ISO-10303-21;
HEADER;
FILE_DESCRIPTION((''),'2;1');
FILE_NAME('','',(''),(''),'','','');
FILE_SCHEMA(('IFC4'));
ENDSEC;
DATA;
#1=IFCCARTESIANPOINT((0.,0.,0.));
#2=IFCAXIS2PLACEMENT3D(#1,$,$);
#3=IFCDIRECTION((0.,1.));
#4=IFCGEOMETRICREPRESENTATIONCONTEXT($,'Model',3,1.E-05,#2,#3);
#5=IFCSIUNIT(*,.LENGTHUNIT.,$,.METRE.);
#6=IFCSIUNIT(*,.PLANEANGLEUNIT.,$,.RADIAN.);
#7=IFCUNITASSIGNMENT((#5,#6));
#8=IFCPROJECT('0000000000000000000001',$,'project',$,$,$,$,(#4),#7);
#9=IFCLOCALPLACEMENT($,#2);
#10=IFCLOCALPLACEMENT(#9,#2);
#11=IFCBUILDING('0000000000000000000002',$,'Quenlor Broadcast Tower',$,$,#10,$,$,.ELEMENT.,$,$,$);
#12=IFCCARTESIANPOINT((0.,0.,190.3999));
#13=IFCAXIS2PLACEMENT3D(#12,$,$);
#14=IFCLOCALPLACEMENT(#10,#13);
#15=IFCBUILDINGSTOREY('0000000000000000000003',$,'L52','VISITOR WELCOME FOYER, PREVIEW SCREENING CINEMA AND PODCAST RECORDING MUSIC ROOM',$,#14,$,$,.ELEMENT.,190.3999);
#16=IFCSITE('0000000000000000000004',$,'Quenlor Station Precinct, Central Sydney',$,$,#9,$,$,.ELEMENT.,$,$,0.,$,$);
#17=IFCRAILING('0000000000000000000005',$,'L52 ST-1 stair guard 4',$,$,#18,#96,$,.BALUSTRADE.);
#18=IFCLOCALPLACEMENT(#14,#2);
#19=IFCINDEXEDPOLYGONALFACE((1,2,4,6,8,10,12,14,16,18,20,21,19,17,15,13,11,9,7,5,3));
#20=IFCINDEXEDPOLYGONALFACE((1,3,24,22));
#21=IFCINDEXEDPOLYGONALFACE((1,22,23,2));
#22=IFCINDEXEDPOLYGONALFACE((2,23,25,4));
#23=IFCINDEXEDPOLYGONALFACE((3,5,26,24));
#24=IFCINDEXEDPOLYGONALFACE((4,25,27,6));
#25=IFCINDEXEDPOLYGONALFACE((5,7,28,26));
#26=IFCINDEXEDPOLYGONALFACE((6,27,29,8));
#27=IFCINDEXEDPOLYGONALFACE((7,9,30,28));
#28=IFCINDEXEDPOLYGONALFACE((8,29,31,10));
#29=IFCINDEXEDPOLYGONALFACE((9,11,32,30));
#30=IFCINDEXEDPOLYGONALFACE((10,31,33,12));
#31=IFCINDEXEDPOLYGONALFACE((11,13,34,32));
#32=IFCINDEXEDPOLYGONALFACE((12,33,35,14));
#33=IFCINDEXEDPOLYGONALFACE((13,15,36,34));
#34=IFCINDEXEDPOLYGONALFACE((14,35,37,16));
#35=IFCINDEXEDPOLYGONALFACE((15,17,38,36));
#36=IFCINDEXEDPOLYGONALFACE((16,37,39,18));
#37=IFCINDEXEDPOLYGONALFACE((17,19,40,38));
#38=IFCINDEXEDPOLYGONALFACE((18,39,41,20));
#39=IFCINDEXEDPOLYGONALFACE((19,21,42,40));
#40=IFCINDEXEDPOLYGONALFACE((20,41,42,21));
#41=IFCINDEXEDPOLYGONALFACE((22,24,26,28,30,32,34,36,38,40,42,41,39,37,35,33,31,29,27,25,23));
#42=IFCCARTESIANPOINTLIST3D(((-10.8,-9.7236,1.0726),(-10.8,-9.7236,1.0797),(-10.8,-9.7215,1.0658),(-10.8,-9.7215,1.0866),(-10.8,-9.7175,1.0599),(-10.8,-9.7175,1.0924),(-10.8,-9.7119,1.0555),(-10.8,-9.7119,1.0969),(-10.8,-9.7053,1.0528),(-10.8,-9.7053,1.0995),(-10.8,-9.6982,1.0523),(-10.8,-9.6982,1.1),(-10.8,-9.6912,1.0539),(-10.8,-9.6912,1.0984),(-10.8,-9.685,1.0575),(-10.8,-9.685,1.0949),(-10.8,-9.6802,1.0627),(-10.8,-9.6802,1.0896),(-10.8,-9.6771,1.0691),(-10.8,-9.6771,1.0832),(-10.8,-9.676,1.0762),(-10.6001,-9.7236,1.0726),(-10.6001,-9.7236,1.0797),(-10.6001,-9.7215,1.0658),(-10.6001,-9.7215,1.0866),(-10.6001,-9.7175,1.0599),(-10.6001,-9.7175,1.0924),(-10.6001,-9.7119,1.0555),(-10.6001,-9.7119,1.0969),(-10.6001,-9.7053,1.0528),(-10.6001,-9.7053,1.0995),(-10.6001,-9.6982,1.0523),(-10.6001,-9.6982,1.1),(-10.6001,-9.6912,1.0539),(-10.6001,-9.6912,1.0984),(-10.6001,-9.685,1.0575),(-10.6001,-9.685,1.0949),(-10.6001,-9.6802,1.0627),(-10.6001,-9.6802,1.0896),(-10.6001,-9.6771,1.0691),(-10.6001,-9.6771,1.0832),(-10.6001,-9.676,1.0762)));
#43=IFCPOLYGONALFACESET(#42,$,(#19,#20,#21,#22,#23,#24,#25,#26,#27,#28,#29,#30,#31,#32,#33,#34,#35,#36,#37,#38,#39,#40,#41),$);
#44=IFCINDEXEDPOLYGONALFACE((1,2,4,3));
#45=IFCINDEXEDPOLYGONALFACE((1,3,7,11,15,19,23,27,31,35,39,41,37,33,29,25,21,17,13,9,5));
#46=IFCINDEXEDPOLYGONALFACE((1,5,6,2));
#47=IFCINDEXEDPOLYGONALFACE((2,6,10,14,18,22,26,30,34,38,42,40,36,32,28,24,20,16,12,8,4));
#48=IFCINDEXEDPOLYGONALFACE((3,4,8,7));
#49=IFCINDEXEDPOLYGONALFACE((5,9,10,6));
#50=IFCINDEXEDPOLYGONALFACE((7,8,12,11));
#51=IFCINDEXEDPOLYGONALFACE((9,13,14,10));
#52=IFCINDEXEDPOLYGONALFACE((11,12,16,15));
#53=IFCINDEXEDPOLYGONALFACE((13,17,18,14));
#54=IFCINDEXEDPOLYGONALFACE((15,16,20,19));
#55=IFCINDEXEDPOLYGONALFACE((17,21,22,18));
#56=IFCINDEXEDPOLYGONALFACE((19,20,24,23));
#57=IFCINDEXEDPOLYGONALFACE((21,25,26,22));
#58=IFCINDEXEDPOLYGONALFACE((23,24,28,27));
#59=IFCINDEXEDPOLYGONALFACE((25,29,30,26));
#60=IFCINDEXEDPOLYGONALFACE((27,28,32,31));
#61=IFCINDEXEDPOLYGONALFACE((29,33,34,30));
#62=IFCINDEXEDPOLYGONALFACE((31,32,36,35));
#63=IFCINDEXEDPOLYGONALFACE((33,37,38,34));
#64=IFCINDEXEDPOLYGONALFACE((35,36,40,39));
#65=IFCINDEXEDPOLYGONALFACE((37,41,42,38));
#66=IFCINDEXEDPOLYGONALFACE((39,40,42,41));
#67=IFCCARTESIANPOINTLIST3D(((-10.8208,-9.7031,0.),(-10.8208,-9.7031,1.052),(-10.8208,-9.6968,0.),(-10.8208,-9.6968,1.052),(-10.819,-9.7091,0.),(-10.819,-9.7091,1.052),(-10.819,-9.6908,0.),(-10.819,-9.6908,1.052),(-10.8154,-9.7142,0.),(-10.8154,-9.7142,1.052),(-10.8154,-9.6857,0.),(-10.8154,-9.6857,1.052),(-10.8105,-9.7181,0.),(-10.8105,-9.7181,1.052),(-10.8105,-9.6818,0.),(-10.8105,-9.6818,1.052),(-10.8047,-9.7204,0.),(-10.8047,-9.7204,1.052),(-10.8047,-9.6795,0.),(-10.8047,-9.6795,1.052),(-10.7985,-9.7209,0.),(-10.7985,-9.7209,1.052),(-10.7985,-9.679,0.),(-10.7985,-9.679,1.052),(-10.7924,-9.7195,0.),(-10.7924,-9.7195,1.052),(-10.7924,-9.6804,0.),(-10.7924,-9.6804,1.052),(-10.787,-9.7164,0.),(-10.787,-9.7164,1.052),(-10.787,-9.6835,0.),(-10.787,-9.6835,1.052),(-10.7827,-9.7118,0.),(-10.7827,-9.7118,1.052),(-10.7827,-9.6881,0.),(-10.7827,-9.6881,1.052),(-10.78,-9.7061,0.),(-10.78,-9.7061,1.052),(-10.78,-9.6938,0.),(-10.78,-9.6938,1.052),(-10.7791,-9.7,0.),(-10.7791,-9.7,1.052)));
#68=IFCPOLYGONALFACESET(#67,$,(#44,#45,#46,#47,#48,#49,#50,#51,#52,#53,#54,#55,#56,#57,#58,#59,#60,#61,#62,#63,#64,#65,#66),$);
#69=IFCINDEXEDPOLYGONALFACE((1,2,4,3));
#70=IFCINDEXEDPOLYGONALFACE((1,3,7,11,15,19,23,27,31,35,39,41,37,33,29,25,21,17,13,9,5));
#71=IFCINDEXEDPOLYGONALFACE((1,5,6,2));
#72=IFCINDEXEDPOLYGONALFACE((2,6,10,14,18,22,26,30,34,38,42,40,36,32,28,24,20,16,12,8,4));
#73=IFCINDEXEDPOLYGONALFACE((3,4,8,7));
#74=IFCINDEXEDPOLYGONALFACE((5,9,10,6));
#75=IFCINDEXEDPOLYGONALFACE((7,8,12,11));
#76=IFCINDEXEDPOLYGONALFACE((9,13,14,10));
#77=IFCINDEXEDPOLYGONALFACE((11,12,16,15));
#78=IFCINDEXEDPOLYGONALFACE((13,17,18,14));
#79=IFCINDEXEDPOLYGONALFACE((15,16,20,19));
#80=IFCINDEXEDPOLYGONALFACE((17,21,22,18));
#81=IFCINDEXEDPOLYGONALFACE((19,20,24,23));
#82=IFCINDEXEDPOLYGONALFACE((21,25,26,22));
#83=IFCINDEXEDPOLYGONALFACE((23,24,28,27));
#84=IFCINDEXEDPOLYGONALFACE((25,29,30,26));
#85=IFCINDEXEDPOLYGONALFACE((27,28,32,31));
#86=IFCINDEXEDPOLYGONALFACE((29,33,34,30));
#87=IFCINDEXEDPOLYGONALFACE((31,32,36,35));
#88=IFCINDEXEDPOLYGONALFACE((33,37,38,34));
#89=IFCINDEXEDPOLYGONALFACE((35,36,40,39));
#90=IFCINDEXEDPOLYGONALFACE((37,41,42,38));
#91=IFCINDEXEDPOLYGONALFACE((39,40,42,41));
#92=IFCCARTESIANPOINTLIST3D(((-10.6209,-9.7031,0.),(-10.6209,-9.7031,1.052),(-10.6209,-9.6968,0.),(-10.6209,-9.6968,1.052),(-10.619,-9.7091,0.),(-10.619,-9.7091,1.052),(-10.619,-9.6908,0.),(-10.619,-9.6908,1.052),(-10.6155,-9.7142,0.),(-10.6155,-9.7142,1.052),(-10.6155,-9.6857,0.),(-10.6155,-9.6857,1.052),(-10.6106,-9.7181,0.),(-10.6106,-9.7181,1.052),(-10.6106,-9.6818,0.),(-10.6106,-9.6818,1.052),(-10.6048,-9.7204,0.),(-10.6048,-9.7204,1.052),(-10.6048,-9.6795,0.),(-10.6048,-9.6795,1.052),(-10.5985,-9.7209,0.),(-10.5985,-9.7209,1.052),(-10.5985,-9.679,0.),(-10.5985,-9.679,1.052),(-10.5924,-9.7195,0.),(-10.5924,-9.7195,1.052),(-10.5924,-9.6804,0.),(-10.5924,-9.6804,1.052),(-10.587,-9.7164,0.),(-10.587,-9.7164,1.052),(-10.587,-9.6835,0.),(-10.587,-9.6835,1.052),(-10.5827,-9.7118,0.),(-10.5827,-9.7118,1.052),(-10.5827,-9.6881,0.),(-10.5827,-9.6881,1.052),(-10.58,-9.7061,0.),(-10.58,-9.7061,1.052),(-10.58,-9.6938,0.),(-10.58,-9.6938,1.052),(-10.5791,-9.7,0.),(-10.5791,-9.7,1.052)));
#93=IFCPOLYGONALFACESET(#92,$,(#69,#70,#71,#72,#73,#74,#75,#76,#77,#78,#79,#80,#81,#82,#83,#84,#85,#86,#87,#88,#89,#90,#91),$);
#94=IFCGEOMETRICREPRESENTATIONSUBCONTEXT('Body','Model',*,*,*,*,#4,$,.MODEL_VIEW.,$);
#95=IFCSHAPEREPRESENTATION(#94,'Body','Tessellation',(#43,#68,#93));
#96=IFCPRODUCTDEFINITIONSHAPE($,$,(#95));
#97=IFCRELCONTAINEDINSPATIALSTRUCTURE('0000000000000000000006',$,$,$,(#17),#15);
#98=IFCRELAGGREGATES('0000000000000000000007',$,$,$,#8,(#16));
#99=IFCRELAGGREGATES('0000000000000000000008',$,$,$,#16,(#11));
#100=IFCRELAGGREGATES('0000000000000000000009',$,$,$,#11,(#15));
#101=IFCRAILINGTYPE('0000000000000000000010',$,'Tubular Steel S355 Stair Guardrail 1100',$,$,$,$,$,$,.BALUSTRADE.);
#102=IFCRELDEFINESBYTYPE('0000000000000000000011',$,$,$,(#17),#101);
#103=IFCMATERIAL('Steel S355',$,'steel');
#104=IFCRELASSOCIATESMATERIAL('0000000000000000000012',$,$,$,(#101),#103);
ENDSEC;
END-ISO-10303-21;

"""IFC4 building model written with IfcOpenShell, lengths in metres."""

from ifc_helpers import new_model, si_unit, direction, frame, origin, origin_2d, place, context, subcontext, project, spatial, circle, extrude, material, type_object, element, save


model = new_model("IFC4")

# Units and contexts
model_context = context("Model", 3, precision=1e-05, world=origin(), true_north=direction((0.0, 1.0)))
body_context = subcontext(model_context, "Body", "Model", "MODEL_VIEW")
ifc_project = project(units=[si_unit("LENGTHUNIT", "METRE"), si_unit("PLANEANGLEUNIT", "RADIAN")], contexts=[model_context])

# Site, building, storey
site_placement = place(None, origin())
site = spatial("IfcSite", under=ifc_project, at=site_placement, Name="Quenlor Station Precinct, Central Sydney", CompositionType="ELEMENT", RefElevation=0.0)
building_placement = place(site_placement, origin())
building = spatial("IfcBuilding", under=site, at=building_placement, Name="Quenlor Broadcast Tower", CompositionType="ELEMENT")
storey_placement = place(building_placement, frame((0.0, 0.0, 190.3999)))
storey = spatial("IfcBuildingStorey", under=building, at=storey_placement, Name="L52", Description="VISITOR WELCOME FOYER, PREVIEW SCREENING CINEMA AND PODCAST RECORDING MUSIC ROOM", CompositionType="ELEMENT", Elevation=190.3999)

# Railing
ifc_material_1 = material(Name="Steel S355", Category="steel")
railing_type = type_object("IfcRailingType", Name="Tubular Steel S355 Stair Guardrail 1100", PredefinedType="BALUSTRADE", material=ifc_material_1)
railing_1_placement = place(storey_placement, frame((-10.8, -9.7, 0.0)))
element("IfcRailing", 1, at=railing_1_placement, inside=storey, type_object=railing_type, Name="L52 ST-1 stair guard 4", PredefinedType="BALUSTRADE", context=body_context, shape_type="SweptSolid", body=[
    extrude(circle(Radius=0.0239, at=origin_2d()), frame((0.0, 0.0, 1.0762), z_axis=(1.0, 0.0, 0.0), x_axis=(0.0, 1.0, 0.0)), (0.0, 0.0, 1.0), 0.2),
    extrude(circle(Radius=0.021, at=origin_2d()), origin(), (0.0, 0.0, 1.0), 1.052),
    extrude(circle(Radius=0.021, at=origin_2d()), frame((0.2, 0.0, 0.0)), (0.0, 0.0, 1.0), 1.052),
])

save(model, "model.ifc")
